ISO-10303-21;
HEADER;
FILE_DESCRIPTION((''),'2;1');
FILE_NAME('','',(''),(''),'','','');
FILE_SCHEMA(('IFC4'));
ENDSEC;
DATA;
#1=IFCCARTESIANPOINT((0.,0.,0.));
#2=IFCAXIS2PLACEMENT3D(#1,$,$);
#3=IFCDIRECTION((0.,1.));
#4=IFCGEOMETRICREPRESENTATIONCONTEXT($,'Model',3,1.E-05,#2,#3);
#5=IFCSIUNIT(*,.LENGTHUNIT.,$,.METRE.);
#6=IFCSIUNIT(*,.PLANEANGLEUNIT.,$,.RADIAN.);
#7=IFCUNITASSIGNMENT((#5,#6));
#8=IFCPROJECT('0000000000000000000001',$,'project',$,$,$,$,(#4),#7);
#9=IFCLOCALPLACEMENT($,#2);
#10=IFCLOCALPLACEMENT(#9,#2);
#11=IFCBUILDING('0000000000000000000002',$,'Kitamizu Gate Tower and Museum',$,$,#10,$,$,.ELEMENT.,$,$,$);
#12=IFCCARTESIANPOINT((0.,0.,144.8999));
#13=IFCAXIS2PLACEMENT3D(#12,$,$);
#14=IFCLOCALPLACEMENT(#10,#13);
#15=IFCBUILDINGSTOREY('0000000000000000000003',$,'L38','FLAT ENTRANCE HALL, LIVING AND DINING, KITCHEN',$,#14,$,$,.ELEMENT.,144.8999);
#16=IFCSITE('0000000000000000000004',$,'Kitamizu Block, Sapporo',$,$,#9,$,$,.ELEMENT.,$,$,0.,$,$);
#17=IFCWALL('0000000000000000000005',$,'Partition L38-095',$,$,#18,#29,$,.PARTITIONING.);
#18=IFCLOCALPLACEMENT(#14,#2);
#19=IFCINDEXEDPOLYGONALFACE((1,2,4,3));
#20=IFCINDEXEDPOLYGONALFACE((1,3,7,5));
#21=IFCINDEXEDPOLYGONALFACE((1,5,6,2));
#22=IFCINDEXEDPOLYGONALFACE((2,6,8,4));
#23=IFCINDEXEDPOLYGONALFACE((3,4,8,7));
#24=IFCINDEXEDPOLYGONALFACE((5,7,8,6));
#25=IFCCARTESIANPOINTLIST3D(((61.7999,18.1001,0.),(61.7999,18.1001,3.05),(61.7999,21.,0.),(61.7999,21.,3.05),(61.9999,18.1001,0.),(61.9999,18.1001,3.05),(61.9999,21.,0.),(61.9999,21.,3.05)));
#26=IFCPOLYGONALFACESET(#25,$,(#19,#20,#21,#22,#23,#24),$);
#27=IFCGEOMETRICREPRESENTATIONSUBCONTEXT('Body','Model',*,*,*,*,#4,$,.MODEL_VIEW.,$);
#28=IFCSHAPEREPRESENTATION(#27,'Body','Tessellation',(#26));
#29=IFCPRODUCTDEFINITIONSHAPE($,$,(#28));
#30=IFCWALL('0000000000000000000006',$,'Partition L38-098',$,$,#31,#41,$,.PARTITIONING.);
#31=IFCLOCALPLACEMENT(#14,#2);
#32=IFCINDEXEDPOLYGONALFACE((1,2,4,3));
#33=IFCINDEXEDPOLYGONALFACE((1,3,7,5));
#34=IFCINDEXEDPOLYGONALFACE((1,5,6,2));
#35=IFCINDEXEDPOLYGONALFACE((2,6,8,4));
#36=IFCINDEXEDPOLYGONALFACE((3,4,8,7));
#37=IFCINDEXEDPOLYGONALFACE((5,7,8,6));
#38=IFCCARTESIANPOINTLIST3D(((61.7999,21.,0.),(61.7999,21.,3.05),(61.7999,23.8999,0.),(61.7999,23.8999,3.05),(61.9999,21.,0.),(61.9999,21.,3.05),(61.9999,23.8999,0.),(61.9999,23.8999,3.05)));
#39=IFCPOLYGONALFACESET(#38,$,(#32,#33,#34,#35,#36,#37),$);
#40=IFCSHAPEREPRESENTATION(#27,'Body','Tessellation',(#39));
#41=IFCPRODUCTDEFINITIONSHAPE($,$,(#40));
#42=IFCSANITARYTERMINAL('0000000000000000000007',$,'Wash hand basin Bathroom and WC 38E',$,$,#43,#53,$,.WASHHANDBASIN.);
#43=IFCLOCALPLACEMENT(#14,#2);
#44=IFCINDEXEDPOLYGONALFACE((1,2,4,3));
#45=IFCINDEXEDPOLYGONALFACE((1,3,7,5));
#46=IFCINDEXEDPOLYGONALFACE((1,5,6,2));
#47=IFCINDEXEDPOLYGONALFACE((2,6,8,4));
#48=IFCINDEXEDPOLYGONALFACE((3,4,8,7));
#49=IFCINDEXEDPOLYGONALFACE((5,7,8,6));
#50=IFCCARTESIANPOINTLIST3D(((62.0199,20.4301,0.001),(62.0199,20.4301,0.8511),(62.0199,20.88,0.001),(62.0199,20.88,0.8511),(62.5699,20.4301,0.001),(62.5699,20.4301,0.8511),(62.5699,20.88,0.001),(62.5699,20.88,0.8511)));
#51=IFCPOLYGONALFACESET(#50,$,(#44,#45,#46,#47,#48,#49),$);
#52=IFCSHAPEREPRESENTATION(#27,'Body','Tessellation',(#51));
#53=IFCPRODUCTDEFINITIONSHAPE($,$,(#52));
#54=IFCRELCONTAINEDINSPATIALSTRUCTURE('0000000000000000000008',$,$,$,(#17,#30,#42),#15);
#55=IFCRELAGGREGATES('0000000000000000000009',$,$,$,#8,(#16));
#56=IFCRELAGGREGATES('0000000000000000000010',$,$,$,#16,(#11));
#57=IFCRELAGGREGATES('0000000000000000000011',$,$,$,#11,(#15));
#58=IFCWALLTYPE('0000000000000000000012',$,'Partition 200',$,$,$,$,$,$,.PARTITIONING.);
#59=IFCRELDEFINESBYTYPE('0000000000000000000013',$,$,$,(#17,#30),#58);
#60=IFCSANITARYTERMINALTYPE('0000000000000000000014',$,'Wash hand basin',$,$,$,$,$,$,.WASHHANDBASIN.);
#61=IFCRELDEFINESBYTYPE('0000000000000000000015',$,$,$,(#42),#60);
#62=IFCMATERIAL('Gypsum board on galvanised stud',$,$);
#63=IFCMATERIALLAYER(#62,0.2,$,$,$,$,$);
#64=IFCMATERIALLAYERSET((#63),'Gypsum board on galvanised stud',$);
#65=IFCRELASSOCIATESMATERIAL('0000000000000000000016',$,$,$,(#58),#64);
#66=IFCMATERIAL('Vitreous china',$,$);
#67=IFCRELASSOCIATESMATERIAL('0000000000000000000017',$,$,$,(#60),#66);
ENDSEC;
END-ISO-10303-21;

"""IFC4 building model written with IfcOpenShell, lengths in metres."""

from ifc_helpers import new_model, si_unit, direction, frame, frame_2d, origin, origin_2d, place, context, subcontext, project, spatial, rectangle, extrude, material, layer, layer_set, type_object, element, save


model = new_model("IFC4")

# Units and contexts
model_context = context("Model", 3, precision=1e-05, world=origin(), true_north=direction((0.0, 1.0)))
body_context = subcontext(model_context, "Body", "Model", "MODEL_VIEW")
ifc_project = project(units=[si_unit("LENGTHUNIT", "METRE"), si_unit("PLANEANGLEUNIT", "RADIAN")], contexts=[model_context])

# Site, building, storey
site_placement = place(None, origin())
site = spatial("IfcSite", under=ifc_project, at=site_placement, Name="Kitamizu Block, Sapporo", CompositionType="ELEMENT", RefElevation=0.0)
building_placement = place(site_placement, origin())
building = spatial("IfcBuilding", under=site, at=building_placement, Name="Kitamizu Gate Tower and Museum", CompositionType="ELEMENT")
storey_placement = place(building_placement, frame((0.0, 0.0, 144.8999)))
storey = spatial("IfcBuildingStorey", under=building, at=storey_placement, Name="L38", Description="FLAT ENTRANCE HALL, LIVING AND DINING, KITCHEN", CompositionType="ELEMENT", Elevation=144.8999)

# Walls
ifc_material_1 = material(Name="Gypsum board on galvanised stud")
ifc_layer_1 = layer(ifc_material_1, 0.2)
ifc_layer_set_1 = layer_set([ifc_layer_1], Name="Gypsum board on galvanised stud")
wall_type_1 = type_object("IfcWallType", Name="Partition 200", PredefinedType="PARTITIONING", material=ifc_layer_set_1)
for number, where, z_axis, x_axis, name in (
    (1, (61.8999, 21.0, 0.0), (0.0, 0.0, 1.0), (0.0, -1.0, 0.0), "Partition L38-095"),
    (2, (61.8999, 23.8999, 0.0), (0.0, 0.0, 1.0), (0.0, -1.0, 0.0), "Partition L38-098"),
):
    element("IfcWall", number, at=place(storey_placement, frame(where, z_axis=z_axis, x_axis=x_axis)), inside=storey, type_object=wall_type_1, Name=name, PredefinedType="PARTITIONING", context=body_context, shape_type="SweptSolid", body=[
        extrude(rectangle(XDim=2.8999, YDim=0.2, at=frame_2d((1.45, 0.0))), origin(), (0.0, 0.0, 1.0), 3.05),
    ])

# Sanitary terminal
ifc_material_2 = material(Name="Vitreous china")
sanitary_terminal_type = type_object("IfcSanitaryTerminalType", Name="Wash hand basin", PredefinedType="WASHHANDBASIN", material=ifc_material_2)
sanitary_terminal_placement = place(storey_placement, frame((62.2949, 20.655, 0.001), z_axis=(0.0, 0.0, 1.0), x_axis=(1.0, 0.0, 0.0)))
element("IfcSanitaryTerminal", 3, at=sanitary_terminal_placement, inside=storey, type_object=sanitary_terminal_type, Name="Wash hand basin Bathroom and WC 38E", PredefinedType="WASHHANDBASIN", context=body_context, shape_type="SweptSolid", body=[
    extrude(rectangle(XDim=0.55, YDim=0.45, at=origin_2d()), origin(), (0.0, 0.0, 1.0), 0.8501),
])

save(model, "model.ifc")
